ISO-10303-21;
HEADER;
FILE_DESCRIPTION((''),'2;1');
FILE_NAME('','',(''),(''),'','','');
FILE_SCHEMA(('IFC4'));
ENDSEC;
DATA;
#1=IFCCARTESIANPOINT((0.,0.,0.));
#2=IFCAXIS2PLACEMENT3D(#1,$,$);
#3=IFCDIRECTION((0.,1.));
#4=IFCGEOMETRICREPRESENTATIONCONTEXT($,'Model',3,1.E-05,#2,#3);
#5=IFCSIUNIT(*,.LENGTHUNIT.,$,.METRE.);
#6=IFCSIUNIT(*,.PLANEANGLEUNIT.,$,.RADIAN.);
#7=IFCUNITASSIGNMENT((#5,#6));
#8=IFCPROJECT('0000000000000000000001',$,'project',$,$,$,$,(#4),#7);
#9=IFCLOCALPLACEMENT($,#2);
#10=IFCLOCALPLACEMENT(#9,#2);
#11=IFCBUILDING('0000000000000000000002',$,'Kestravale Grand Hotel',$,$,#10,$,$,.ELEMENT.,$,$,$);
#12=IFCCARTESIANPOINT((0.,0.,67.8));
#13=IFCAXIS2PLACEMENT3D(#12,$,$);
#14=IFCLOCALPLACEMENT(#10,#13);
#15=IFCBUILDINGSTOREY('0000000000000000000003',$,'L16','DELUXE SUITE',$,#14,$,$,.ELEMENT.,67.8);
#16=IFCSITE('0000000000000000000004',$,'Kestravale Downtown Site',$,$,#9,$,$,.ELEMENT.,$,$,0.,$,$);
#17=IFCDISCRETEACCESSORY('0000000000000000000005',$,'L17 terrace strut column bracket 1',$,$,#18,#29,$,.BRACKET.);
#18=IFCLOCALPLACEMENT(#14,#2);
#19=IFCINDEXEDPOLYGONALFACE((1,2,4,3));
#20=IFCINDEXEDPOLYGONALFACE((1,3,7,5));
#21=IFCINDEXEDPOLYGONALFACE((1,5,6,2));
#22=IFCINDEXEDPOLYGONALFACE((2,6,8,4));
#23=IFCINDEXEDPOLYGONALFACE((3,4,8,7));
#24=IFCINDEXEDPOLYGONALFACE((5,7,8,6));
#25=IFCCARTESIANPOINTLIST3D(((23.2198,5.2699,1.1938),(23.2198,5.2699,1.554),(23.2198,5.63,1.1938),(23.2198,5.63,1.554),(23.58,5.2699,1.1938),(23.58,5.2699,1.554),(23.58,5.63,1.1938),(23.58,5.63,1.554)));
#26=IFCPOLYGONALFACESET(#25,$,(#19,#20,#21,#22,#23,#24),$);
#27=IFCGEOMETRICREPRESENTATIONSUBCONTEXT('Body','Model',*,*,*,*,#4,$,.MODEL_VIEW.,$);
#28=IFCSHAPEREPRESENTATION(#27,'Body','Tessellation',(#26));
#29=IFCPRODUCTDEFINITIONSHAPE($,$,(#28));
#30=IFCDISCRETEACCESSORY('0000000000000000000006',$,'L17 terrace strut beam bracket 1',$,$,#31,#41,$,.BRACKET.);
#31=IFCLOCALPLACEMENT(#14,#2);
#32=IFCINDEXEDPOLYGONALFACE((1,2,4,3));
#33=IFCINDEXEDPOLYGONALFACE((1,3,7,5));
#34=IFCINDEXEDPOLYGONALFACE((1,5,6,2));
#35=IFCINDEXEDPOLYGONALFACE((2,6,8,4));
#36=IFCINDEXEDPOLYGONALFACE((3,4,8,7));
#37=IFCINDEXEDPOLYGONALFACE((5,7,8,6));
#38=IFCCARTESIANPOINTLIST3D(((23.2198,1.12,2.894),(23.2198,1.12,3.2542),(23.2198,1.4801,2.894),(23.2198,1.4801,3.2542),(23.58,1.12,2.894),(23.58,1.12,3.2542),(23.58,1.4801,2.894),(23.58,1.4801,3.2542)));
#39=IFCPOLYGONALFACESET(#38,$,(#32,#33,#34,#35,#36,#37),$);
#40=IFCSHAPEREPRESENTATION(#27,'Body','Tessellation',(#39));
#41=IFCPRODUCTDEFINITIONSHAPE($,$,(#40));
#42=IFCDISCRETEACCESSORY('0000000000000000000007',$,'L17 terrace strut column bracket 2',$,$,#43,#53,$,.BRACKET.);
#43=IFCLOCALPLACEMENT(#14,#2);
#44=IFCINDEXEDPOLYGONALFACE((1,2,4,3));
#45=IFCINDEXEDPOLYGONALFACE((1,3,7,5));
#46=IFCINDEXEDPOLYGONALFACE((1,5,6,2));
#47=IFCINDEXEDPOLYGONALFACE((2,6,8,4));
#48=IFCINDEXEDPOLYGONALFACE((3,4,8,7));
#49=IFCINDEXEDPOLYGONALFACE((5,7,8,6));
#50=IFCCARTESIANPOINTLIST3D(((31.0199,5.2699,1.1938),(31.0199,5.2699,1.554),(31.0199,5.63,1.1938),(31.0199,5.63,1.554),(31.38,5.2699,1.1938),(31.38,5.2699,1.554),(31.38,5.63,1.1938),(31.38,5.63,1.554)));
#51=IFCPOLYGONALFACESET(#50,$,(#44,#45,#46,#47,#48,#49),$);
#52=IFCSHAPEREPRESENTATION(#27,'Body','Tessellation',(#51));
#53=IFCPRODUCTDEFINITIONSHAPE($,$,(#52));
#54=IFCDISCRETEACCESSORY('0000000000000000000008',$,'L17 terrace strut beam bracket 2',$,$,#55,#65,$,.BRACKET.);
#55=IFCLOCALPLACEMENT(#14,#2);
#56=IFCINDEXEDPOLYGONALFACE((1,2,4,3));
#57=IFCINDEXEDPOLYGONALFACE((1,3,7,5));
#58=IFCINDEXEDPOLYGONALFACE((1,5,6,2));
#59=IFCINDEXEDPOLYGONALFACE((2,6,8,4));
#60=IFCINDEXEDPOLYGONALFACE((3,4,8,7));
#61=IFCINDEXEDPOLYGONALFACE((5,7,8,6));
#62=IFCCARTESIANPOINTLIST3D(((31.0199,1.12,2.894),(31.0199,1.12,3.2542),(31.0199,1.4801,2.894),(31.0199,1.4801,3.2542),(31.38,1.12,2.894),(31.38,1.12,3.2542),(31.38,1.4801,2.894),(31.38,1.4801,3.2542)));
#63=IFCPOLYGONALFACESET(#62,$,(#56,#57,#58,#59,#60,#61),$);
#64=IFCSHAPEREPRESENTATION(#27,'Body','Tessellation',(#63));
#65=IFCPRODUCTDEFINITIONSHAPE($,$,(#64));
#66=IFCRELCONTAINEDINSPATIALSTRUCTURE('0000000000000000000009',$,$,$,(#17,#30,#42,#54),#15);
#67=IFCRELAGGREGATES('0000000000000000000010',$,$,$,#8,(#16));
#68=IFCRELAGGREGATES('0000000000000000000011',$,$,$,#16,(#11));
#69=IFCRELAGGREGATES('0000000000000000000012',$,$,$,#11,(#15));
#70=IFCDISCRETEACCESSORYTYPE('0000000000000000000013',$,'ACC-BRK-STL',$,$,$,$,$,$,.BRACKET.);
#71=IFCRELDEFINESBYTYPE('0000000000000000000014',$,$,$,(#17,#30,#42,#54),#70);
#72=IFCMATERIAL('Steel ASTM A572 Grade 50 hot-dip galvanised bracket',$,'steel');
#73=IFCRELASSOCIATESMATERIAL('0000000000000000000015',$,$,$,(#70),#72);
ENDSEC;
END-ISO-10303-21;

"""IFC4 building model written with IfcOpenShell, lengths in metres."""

from ifc_helpers import new_model, si_unit, direction, frame, origin, origin_2d, place, context, subcontext, project, spatial, rectangle, extrude, material, type_object, element, save


model = new_model("IFC4")

# Units and contexts
model_context = context("Model", 3, precision=1e-05, world=origin(), true_north=direction((0.0, 1.0)))
body_context = subcontext(model_context, "Body", "Model", "MODEL_VIEW")
ifc_project = project(units=[si_unit("LENGTHUNIT", "METRE"), si_unit("PLANEANGLEUNIT", "RADIAN")], contexts=[model_context])

# Site, building, storey
site_placement = place(None, origin())
site = spatial("IfcSite", under=ifc_project, at=site_placement, Name="Kestravale Downtown Site", CompositionType="ELEMENT", RefElevation=0.0)
building_placement = place(site_placement, origin())
building = spatial("IfcBuilding", under=site, at=building_placement, Name="Kestravale Grand Hotel", CompositionType="ELEMENT")
storey_placement = place(building_placement, frame((0.0, 0.0, 67.8)))
storey = spatial("IfcBuildingStorey", under=building, at=storey_placement, Name="L16", Description="DELUXE SUITE", CompositionType="ELEMENT", Elevation=67.8)

# Discrete accessories
ifc_material_1 = material(Name="Steel ASTM A572 Grade 50 hot-dip galvanised bracket", Category="steel")
discrete_accessory_type = type_object("IfcDiscreteAccessoryType", Name="ACC-BRK-STL", PredefinedType="BRACKET", material=ifc_material_1)
for number, where, z_axis, x_axis, name in (
    (1, (23.3999, 5.45, 1.1938), (0.0, 0.0, 1.0), (1.0, 0.0, 0.0), "L17 terrace strut column bracket 1"),
    (2, (23.3999, 1.3, 2.894), (0.0, 0.0, 1.0), (1.0, 0.0, 0.0), "L17 terrace strut beam bracket 1"),
    (3, (31.2, 5.45, 1.1938), (0.0, 0.0, 1.0), (1.0, 0.0, 0.0), "L17 terrace strut column bracket 2"),
    (4, (31.2, 1.3, 2.894), (0.0, 0.0, 1.0), (1.0, 0.0, 0.0), "L17 terrace strut beam bracket 2"),
):
    element("IfcDiscreteAccessory", number, at=place(storey_placement, frame(where, z_axis=z_axis, x_axis=x_axis)), inside=storey, type_object=discrete_accessory_type, Name=name, PredefinedType="BRACKET", context=body_context, shape_type="SweptSolid", body=[
        extrude(rectangle(XDim=0.3601, YDim=0.3601, at=origin_2d()), origin(), (0.0, 0.0, 1.0), 0.3601),
    ])

save(model, "model.ifc")
